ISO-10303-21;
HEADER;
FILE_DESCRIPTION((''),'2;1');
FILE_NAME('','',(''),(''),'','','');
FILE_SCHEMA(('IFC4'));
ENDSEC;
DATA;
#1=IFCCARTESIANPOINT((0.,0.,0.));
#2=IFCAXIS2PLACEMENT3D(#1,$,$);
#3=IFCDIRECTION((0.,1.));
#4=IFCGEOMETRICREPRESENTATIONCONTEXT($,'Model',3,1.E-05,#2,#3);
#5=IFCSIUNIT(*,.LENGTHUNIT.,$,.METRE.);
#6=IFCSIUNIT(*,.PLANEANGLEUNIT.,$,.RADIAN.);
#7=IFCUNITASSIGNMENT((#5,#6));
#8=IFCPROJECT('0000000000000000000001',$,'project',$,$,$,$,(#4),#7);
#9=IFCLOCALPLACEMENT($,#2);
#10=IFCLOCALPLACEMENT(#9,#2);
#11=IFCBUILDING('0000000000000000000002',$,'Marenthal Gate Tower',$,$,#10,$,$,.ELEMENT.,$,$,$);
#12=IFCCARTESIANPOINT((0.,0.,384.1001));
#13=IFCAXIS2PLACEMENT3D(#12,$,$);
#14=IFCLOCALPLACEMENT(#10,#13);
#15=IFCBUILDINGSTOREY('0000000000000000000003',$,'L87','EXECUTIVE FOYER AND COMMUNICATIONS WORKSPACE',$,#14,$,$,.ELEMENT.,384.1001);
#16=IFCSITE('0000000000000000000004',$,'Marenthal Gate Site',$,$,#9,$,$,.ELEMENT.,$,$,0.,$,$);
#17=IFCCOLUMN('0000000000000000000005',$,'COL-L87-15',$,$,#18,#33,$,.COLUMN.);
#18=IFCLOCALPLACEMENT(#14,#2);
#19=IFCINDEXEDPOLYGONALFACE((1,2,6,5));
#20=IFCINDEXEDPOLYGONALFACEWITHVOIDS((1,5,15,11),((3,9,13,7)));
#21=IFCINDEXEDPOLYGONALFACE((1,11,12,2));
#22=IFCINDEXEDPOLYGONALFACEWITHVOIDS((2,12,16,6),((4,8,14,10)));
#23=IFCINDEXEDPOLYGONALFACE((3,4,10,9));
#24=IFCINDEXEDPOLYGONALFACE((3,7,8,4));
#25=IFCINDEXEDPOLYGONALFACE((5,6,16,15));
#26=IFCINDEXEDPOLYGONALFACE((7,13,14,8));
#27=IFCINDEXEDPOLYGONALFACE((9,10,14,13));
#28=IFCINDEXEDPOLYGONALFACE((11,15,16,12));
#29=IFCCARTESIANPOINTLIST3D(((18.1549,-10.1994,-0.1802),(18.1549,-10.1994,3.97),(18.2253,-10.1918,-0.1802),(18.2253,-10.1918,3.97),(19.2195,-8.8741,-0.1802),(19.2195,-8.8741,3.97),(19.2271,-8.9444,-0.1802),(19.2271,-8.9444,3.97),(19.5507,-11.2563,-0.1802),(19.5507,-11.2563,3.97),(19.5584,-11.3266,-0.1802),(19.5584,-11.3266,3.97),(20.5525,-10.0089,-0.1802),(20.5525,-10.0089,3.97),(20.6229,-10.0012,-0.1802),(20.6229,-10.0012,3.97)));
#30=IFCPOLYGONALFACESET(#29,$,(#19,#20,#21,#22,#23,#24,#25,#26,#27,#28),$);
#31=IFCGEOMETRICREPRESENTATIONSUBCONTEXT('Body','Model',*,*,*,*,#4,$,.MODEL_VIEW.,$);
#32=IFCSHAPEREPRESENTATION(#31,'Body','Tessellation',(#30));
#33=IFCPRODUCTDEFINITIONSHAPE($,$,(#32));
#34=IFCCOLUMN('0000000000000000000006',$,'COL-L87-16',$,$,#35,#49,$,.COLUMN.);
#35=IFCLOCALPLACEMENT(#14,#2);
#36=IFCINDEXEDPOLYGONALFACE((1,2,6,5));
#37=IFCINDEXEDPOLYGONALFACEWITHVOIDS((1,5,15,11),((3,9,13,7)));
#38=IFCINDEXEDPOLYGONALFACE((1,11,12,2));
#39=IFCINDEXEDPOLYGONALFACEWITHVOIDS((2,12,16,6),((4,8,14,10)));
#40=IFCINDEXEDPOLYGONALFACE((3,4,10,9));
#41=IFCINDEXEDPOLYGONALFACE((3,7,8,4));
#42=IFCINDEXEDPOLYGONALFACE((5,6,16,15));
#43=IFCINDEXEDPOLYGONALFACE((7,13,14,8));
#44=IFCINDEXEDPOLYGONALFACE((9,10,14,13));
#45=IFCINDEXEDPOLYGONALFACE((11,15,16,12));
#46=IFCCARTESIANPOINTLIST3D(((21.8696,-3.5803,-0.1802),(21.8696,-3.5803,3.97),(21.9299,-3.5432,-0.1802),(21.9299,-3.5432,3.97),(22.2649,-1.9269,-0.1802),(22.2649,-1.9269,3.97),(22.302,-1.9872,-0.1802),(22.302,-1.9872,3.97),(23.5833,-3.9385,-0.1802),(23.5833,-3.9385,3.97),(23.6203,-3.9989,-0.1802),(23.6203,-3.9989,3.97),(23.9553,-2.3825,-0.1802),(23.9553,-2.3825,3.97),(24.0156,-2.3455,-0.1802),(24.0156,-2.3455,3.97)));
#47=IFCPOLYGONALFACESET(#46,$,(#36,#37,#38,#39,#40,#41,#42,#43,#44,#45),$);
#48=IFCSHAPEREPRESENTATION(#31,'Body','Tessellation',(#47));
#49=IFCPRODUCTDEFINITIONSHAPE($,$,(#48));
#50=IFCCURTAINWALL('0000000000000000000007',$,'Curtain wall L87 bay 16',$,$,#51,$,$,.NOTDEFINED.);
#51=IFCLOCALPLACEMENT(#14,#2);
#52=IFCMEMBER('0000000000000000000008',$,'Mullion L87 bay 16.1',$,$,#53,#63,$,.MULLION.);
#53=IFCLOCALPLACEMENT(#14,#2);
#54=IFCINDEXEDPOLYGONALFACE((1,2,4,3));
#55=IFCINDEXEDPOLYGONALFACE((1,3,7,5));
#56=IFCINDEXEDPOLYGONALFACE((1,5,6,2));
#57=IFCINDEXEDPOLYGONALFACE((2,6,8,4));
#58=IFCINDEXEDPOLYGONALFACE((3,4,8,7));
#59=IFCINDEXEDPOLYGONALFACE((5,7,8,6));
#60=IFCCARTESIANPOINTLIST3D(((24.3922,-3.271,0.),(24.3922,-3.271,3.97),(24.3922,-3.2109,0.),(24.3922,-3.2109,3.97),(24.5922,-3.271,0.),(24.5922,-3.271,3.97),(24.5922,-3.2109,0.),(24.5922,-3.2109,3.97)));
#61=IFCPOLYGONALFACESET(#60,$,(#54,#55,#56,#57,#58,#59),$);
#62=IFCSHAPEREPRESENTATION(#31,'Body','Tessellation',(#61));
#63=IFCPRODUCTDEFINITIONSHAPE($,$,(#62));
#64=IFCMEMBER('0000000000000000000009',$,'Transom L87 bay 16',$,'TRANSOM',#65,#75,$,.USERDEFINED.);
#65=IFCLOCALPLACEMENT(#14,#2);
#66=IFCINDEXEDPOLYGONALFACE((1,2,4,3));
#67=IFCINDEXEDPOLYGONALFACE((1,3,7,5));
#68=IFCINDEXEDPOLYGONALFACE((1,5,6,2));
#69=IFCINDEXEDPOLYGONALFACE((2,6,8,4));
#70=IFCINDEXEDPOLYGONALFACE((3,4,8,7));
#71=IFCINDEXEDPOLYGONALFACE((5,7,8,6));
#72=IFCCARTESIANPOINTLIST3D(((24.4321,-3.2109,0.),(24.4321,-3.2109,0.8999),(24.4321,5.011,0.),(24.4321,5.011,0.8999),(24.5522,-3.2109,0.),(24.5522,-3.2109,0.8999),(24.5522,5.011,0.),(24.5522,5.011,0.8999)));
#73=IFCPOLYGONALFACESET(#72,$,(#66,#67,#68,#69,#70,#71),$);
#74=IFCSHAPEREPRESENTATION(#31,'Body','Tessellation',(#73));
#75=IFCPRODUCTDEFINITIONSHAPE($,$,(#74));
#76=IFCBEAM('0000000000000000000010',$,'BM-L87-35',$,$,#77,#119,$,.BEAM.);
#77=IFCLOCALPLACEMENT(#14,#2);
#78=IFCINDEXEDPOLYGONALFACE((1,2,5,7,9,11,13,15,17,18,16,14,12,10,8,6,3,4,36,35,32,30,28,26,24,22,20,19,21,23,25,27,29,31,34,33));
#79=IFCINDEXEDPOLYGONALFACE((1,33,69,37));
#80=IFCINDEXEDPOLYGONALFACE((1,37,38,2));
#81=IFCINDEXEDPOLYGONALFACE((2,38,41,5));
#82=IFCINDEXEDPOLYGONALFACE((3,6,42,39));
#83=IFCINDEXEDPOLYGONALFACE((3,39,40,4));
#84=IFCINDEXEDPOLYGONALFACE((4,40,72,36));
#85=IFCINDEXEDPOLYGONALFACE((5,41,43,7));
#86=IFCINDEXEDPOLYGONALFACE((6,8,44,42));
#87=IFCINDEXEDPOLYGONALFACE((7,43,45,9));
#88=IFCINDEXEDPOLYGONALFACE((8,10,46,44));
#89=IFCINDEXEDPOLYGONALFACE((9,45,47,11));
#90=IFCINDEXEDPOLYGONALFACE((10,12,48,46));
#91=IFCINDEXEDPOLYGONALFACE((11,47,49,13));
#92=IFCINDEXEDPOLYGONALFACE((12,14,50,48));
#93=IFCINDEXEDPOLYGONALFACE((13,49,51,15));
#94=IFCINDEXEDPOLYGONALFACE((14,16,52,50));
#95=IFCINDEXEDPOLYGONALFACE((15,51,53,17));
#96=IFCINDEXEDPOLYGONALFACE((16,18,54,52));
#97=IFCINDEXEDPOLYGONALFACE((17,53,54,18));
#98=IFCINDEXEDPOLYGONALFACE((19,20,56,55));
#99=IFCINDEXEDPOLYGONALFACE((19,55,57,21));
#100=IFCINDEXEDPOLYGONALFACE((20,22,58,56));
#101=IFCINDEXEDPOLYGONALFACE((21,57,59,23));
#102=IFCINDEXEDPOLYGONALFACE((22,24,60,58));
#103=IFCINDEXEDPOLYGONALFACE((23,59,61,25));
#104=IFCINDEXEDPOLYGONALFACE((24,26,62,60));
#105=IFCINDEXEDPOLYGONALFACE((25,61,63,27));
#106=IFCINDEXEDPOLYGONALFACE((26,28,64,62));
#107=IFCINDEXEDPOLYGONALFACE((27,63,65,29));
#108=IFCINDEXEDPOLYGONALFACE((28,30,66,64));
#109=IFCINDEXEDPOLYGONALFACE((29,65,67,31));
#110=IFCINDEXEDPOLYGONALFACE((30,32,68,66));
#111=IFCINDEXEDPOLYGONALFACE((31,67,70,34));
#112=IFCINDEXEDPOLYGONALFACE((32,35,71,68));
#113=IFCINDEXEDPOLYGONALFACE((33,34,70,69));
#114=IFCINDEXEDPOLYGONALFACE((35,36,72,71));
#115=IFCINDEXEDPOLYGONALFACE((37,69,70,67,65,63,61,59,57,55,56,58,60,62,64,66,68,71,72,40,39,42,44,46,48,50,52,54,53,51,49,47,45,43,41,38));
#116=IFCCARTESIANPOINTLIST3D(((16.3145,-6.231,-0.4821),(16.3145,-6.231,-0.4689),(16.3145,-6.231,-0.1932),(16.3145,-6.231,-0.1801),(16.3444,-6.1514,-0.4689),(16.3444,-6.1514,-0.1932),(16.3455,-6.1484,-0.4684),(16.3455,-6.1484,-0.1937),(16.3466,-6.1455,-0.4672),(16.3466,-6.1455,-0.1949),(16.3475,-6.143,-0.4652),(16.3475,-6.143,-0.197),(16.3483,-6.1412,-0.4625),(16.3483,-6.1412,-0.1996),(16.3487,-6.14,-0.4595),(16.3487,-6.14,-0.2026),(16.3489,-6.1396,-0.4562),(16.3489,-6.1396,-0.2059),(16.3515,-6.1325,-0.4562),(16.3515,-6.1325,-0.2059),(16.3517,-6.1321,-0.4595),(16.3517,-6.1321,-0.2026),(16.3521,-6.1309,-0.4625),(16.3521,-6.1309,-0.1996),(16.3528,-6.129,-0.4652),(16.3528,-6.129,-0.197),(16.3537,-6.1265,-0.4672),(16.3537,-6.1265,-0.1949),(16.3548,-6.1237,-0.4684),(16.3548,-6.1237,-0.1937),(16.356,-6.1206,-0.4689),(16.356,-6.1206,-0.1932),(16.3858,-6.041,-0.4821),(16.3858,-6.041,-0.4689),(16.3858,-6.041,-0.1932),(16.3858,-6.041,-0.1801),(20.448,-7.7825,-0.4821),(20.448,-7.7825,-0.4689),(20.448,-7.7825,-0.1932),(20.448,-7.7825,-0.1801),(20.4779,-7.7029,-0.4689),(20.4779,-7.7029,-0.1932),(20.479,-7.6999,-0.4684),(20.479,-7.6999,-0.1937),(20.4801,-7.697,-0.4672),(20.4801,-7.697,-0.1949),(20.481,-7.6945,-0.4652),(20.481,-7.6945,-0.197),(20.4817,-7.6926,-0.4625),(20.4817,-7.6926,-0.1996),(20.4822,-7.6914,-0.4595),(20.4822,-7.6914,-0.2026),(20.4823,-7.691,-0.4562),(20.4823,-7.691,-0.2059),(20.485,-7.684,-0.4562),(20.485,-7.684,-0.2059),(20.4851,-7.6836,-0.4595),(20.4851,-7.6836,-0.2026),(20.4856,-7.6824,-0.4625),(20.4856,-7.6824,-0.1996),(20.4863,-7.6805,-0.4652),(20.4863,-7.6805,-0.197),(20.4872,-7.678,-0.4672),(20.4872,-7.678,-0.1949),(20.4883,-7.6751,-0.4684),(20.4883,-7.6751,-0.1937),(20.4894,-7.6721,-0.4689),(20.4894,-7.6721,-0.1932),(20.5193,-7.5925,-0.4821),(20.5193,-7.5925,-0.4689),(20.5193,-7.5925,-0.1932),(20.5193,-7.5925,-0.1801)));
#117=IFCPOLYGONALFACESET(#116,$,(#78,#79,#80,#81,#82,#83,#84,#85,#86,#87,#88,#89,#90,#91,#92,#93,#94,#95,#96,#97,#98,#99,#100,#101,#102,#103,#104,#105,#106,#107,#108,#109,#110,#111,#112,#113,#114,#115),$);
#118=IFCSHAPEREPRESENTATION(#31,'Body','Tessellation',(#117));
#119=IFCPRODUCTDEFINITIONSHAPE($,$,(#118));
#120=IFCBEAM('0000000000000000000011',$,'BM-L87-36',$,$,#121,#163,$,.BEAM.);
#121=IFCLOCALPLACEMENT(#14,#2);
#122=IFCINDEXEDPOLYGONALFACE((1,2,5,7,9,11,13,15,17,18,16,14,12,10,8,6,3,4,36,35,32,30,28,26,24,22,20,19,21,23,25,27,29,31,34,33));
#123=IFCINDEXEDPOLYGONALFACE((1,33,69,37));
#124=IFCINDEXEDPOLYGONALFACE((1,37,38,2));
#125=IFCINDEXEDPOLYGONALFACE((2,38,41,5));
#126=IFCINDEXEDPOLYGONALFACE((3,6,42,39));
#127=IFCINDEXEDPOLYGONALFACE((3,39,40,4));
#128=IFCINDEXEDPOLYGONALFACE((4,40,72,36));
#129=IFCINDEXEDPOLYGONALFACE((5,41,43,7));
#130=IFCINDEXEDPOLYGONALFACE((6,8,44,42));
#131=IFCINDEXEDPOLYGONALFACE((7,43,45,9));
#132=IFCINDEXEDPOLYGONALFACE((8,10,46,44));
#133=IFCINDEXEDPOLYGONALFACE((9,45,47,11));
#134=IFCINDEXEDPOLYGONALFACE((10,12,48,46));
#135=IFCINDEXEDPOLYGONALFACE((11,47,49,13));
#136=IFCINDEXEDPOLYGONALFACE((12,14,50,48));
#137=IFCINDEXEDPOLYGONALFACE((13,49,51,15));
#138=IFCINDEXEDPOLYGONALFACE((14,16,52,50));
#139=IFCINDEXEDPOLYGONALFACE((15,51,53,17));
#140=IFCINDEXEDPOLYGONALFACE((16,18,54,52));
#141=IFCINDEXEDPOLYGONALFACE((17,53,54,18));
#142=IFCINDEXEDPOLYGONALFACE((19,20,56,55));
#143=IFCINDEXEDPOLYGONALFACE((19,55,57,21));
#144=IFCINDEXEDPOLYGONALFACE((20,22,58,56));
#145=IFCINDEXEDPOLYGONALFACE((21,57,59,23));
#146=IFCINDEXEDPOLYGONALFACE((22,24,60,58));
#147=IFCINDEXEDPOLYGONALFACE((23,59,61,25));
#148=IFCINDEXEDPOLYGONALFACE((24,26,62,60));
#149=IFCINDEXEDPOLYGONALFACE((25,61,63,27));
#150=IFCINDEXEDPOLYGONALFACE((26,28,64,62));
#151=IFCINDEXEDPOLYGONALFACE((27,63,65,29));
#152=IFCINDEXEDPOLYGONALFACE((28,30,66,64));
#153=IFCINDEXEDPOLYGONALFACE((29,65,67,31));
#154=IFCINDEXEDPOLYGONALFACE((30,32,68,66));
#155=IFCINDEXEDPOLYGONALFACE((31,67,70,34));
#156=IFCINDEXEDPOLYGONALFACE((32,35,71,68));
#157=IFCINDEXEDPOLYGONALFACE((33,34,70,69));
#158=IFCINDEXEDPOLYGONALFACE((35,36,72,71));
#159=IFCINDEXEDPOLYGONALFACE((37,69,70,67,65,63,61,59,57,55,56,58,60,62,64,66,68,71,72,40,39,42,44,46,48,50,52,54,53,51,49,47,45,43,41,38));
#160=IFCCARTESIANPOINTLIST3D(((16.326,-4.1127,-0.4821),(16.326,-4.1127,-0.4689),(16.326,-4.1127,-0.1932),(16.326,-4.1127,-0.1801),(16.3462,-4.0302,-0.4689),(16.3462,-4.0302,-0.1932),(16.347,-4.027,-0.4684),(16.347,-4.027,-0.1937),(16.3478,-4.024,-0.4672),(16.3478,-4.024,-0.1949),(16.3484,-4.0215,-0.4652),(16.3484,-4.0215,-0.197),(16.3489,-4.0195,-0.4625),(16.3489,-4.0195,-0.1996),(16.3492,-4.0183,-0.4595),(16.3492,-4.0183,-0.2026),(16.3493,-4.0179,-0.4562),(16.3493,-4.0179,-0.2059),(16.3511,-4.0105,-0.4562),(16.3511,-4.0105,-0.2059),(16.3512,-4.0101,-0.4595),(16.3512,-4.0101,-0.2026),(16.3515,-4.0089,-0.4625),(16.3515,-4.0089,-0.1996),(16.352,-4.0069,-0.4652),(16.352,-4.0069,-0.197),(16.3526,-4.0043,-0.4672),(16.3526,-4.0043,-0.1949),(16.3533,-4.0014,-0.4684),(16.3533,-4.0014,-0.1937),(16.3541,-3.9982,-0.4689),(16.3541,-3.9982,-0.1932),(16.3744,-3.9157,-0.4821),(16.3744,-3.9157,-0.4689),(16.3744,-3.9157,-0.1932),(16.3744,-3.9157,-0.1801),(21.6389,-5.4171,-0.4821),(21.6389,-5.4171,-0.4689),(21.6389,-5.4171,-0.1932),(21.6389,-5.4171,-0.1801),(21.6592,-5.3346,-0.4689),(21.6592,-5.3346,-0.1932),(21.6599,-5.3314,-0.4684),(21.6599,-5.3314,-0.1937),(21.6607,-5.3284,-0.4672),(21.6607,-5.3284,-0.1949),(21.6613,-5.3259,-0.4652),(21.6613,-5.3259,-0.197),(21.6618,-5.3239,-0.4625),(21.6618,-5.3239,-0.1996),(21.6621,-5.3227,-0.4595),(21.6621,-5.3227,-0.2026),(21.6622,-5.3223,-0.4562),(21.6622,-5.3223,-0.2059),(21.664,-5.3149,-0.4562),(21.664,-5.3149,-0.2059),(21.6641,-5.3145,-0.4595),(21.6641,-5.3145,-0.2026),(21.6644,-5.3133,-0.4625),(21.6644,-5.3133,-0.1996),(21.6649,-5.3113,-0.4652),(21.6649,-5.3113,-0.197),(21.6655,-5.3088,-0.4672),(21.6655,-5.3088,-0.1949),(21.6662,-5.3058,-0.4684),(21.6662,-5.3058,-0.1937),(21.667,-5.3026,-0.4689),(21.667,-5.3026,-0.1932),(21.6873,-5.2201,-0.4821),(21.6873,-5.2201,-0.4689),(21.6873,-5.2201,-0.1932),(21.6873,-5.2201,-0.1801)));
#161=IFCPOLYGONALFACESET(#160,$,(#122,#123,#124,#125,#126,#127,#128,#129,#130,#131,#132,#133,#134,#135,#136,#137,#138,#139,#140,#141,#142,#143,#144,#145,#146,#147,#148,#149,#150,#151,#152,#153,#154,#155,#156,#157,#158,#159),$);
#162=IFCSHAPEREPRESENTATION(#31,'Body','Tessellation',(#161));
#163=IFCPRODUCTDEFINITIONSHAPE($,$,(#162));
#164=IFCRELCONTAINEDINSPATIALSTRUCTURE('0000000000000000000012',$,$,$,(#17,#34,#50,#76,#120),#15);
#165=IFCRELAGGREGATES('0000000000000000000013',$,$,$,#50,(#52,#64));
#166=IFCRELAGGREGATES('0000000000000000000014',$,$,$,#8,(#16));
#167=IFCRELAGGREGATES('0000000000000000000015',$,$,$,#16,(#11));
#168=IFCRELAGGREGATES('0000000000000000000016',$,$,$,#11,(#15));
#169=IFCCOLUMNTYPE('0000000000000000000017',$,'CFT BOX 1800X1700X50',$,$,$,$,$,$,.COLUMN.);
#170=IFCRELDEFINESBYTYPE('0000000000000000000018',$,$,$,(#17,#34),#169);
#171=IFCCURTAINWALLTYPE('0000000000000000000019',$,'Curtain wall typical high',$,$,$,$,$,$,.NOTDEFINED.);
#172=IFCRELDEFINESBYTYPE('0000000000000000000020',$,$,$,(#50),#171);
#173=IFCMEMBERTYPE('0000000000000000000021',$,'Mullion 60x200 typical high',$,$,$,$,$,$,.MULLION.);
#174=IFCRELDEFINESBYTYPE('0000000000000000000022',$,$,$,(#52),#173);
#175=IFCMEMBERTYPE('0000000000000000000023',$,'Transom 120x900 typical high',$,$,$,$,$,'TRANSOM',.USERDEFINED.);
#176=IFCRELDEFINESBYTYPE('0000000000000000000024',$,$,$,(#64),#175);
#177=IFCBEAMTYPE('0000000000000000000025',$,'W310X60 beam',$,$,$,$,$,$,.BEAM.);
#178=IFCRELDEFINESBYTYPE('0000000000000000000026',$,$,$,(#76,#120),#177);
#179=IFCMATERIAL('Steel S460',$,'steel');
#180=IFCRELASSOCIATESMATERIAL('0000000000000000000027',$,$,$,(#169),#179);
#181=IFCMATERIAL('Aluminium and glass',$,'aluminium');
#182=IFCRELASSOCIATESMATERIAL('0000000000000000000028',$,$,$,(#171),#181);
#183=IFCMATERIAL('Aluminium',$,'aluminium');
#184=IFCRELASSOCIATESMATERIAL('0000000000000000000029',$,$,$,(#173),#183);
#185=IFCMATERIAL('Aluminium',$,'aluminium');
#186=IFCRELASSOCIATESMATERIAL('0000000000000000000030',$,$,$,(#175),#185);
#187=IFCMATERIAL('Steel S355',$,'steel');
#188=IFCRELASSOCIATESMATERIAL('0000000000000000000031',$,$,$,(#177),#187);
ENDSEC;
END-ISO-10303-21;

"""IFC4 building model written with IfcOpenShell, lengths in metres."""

from ifc_helpers import new_model, si_unit, direction, frame, origin, origin_2d, place, context, subcontext, project, spatial, rectangle, hollow_rectangle, i_section, extrude, material, material_profile, profile_set, type_object, element, aggregate, save


model = new_model("IFC4")

# Units and contexts
model_context = context("Model", 3, precision=1e-05, world=origin(), true_north=direction((0.0, 1.0)))
body_context = subcontext(model_context, "Body", "Model", "MODEL_VIEW")
ifc_project = project(units=[si_unit("LENGTHUNIT", "METRE"), si_unit("PLANEANGLEUNIT", "RADIAN")], contexts=[model_context])

# Site, building, storey
site_placement = place(None, origin())
site = spatial("IfcSite", under=ifc_project, at=site_placement, Name="Marenthal Gate Site", CompositionType="ELEMENT", RefElevation=0.0)
building_placement = place(site_placement, origin())
building = spatial("IfcBuilding", under=site, at=building_placement, Name="Marenthal Gate Tower", CompositionType="ELEMENT")
storey_placement = place(building_placement, frame((0.0, 0.0, 384.1001)))
storey = spatial("IfcBuildingStorey", under=building, at=storey_placement, Name="L87", Description="EXECUTIVE FOYER AND COMMUNICATIONS WORKSPACE", CompositionType="ELEMENT", Elevation=384.1001)

# Columns
ifc_material_1 = material(Name="Steel S460", Category="steel")
ifc_material_profile_1 = material_profile(ifc_material_1, hollow_rectangle(XDim=1.7, YDim=1.8, WallThickness=0.05, at=origin_2d()), Name="CFT BOX 1800X1700X50")
ifc_material_2 = material(Name="Concrete 70 MPa", Category="concrete")
ifc_material_profile_2 = material_profile(ifc_material_2, rectangle(XDim=1.6001, YDim=1.7, at=origin_2d()), Name="CFT BOX 1800X1700X50 INFILL")
ifc_profile_set_1 = profile_set([ifc_material_profile_1, ifc_material_profile_2], Name="Steel S460 shell, Concrete 70 MPa infill")
column_type = type_object("IfcColumnType", Name="CFT BOX 1800X1700X50", PredefinedType="COLUMN", material=ifc_profile_set_1)
for number, where, z_axis, x_axis, name in (
    (1, (19.3889, -10.1003, -0.1802), (0.0, 0.0, 1.0), (-0.626198, -0.779664, 0.0), "COL-L87-15"),
    (2, (22.9426, -2.9629, -0.1802), (0.0, 0.0, 1.0), (-0.232542, -0.972586, 0.0), "COL-L87-16"),
):
    element("IfcColumn", number, at=place(storey_placement, frame(where, z_axis=z_axis, x_axis=x_axis)), inside=storey, type_object=column_type, Name=name, PredefinedType="COLUMN", context=body_context, shape_type="SweptSolid", body=[
        extrude(hollow_rectangle(XDim=1.7, YDim=1.8, WallThickness=0.05, at=origin_2d()), origin(), (0.0, 0.0, 1.0), 4.1501),
    ])

# Curtain wall, members
ifc_material_3 = material(Name="Aluminium and glass", Category="aluminium")
curtain_wall_type = type_object("IfcCurtainWallType", Name="Curtain wall typical high", PredefinedType="NOTDEFINED", material=ifc_material_3)
curtain_wall_placement = place(storey_placement, origin())
curtain_wall = element("IfcCurtainWall", 3, at=curtain_wall_placement, inside=storey, type_object=curtain_wall_type, Name="Curtain wall L87 bay 16", PredefinedType="NOTDEFINED")
ifc_material_4 = material(Name="Aluminium", Category="aluminium")
ifc_material_profile_3 = material_profile(ifc_material_4, rectangle(XDim=0.2, YDim=0.0601, at=origin_2d()), Name="60x200 aluminium mullion")
ifc_profile_set_2 = profile_set([ifc_material_profile_3], Name="Aluminium")
member_type_1 = type_object("IfcMemberType", Name="Mullion 60x200 typical high", PredefinedType="MULLION", material=ifc_profile_set_2)
member_1_placement = place(storey_placement, frame((24.4922, -3.241, 0.0), z_axis=(0.0, 0.0, 1.0), x_axis=(-1.0, 0.0, 0.0)))
member_1 = element("IfcMember", 4, at=member_1_placement, type_object=member_type_1, Name="Mullion L87 bay 16.1", PredefinedType="MULLION", context=body_context, shape_type="SweptSolid", body=[
    extrude(rectangle(XDim=0.2, YDim=0.0601, at=origin_2d()), origin(), (0.0, 0.0, 1.0), 3.97),
])
ifc_material_5 = material(Name="Aluminium", Category="aluminium")
ifc_material_profile_4 = material_profile(ifc_material_5, rectangle(XDim=0.1201, YDim=0.8999, at=origin_2d()), Name="120x900 aluminium transom")
ifc_profile_set_3 = profile_set([ifc_material_profile_4], Name="Aluminium")
member_type_2 = type_object("IfcMemberType", Name="Transom 120x900 typical high", ElementType="TRANSOM", PredefinedType="USERDEFINED", material=ifc_profile_set_3)
member_2_placement = place(storey_placement, frame((24.4922, -3.2109, 0.45), z_axis=(0.0, 1.0, 0.0), x_axis=(-1.0, 0.0, 0.0)))
member_2 = element("IfcMember", 5, at=member_2_placement, type_object=member_type_2, Name="Transom L87 bay 16", ObjectType="TRANSOM", PredefinedType="USERDEFINED", context=body_context, shape_type="SweptSolid", body=[
    extrude(rectangle(XDim=0.1201, YDim=0.8999, at=origin_2d()), origin(), (0.0, 0.0, 1.0), 8.2219),
])

# Beams
ifc_material_6 = material(Name="Steel S355", Category="steel")
ifc_material_profile_5 = material_profile(ifc_material_6, i_section(OverallWidth=0.2029, OverallDepth=0.302, WebThickness=0.0076, FlangeThickness=0.0132, FilletRadius=0.0127, at=origin_2d()), Name="W310X60")
ifc_profile_set_4 = profile_set([ifc_material_profile_5], Name="Steel S355")
beam_type_1 = type_object("IfcBeamType", Name="W310X60 beam", PredefinedType="BEAM", material=ifc_profile_set_4)
beam_1_placement = place(storey_placement, frame((20.4836, -7.6875, -0.3311), z_axis=(-0.936222, 0.351408, 0.0), x_axis=(-0.351408, -0.936222, 0.0)))
element("IfcBeam", 6, at=beam_1_placement, inside=storey, type_object=beam_type_1, Name="BM-L87-35", PredefinedType="BEAM", context=body_context, shape_type="SweptSolid", body=[
    extrude(i_section(OverallWidth=0.2029, OverallDepth=0.302, WebThickness=0.0076, FlangeThickness=0.0132, FilletRadius=0.0127, at=origin_2d()), origin(), (0.0, 0.0, 1.0), 4.415),
])
beam_2_placement = place(storey_placement, frame((21.6631, -5.3186, -0.3311), z_axis=(-0.971158, 0.238438, 0.0), x_axis=(-0.238438, -0.971158, 0.0)))
element("IfcBeam", 7, at=beam_2_placement, inside=storey, type_object=beam_type_1, Name="BM-L87-36", PredefinedType="BEAM", context=body_context, shape_type="SweptSolid", body=[
    extrude(i_section(OverallWidth=0.2029, OverallDepth=0.302, WebThickness=0.0076, FlangeThickness=0.0132, FilletRadius=0.0127, at=origin_2d()), origin(), (0.0, 0.0, 1.0), 5.4707),
])

aggregate(curtain_wall, [member_1, member_2])

save(model, "model.ifc")
